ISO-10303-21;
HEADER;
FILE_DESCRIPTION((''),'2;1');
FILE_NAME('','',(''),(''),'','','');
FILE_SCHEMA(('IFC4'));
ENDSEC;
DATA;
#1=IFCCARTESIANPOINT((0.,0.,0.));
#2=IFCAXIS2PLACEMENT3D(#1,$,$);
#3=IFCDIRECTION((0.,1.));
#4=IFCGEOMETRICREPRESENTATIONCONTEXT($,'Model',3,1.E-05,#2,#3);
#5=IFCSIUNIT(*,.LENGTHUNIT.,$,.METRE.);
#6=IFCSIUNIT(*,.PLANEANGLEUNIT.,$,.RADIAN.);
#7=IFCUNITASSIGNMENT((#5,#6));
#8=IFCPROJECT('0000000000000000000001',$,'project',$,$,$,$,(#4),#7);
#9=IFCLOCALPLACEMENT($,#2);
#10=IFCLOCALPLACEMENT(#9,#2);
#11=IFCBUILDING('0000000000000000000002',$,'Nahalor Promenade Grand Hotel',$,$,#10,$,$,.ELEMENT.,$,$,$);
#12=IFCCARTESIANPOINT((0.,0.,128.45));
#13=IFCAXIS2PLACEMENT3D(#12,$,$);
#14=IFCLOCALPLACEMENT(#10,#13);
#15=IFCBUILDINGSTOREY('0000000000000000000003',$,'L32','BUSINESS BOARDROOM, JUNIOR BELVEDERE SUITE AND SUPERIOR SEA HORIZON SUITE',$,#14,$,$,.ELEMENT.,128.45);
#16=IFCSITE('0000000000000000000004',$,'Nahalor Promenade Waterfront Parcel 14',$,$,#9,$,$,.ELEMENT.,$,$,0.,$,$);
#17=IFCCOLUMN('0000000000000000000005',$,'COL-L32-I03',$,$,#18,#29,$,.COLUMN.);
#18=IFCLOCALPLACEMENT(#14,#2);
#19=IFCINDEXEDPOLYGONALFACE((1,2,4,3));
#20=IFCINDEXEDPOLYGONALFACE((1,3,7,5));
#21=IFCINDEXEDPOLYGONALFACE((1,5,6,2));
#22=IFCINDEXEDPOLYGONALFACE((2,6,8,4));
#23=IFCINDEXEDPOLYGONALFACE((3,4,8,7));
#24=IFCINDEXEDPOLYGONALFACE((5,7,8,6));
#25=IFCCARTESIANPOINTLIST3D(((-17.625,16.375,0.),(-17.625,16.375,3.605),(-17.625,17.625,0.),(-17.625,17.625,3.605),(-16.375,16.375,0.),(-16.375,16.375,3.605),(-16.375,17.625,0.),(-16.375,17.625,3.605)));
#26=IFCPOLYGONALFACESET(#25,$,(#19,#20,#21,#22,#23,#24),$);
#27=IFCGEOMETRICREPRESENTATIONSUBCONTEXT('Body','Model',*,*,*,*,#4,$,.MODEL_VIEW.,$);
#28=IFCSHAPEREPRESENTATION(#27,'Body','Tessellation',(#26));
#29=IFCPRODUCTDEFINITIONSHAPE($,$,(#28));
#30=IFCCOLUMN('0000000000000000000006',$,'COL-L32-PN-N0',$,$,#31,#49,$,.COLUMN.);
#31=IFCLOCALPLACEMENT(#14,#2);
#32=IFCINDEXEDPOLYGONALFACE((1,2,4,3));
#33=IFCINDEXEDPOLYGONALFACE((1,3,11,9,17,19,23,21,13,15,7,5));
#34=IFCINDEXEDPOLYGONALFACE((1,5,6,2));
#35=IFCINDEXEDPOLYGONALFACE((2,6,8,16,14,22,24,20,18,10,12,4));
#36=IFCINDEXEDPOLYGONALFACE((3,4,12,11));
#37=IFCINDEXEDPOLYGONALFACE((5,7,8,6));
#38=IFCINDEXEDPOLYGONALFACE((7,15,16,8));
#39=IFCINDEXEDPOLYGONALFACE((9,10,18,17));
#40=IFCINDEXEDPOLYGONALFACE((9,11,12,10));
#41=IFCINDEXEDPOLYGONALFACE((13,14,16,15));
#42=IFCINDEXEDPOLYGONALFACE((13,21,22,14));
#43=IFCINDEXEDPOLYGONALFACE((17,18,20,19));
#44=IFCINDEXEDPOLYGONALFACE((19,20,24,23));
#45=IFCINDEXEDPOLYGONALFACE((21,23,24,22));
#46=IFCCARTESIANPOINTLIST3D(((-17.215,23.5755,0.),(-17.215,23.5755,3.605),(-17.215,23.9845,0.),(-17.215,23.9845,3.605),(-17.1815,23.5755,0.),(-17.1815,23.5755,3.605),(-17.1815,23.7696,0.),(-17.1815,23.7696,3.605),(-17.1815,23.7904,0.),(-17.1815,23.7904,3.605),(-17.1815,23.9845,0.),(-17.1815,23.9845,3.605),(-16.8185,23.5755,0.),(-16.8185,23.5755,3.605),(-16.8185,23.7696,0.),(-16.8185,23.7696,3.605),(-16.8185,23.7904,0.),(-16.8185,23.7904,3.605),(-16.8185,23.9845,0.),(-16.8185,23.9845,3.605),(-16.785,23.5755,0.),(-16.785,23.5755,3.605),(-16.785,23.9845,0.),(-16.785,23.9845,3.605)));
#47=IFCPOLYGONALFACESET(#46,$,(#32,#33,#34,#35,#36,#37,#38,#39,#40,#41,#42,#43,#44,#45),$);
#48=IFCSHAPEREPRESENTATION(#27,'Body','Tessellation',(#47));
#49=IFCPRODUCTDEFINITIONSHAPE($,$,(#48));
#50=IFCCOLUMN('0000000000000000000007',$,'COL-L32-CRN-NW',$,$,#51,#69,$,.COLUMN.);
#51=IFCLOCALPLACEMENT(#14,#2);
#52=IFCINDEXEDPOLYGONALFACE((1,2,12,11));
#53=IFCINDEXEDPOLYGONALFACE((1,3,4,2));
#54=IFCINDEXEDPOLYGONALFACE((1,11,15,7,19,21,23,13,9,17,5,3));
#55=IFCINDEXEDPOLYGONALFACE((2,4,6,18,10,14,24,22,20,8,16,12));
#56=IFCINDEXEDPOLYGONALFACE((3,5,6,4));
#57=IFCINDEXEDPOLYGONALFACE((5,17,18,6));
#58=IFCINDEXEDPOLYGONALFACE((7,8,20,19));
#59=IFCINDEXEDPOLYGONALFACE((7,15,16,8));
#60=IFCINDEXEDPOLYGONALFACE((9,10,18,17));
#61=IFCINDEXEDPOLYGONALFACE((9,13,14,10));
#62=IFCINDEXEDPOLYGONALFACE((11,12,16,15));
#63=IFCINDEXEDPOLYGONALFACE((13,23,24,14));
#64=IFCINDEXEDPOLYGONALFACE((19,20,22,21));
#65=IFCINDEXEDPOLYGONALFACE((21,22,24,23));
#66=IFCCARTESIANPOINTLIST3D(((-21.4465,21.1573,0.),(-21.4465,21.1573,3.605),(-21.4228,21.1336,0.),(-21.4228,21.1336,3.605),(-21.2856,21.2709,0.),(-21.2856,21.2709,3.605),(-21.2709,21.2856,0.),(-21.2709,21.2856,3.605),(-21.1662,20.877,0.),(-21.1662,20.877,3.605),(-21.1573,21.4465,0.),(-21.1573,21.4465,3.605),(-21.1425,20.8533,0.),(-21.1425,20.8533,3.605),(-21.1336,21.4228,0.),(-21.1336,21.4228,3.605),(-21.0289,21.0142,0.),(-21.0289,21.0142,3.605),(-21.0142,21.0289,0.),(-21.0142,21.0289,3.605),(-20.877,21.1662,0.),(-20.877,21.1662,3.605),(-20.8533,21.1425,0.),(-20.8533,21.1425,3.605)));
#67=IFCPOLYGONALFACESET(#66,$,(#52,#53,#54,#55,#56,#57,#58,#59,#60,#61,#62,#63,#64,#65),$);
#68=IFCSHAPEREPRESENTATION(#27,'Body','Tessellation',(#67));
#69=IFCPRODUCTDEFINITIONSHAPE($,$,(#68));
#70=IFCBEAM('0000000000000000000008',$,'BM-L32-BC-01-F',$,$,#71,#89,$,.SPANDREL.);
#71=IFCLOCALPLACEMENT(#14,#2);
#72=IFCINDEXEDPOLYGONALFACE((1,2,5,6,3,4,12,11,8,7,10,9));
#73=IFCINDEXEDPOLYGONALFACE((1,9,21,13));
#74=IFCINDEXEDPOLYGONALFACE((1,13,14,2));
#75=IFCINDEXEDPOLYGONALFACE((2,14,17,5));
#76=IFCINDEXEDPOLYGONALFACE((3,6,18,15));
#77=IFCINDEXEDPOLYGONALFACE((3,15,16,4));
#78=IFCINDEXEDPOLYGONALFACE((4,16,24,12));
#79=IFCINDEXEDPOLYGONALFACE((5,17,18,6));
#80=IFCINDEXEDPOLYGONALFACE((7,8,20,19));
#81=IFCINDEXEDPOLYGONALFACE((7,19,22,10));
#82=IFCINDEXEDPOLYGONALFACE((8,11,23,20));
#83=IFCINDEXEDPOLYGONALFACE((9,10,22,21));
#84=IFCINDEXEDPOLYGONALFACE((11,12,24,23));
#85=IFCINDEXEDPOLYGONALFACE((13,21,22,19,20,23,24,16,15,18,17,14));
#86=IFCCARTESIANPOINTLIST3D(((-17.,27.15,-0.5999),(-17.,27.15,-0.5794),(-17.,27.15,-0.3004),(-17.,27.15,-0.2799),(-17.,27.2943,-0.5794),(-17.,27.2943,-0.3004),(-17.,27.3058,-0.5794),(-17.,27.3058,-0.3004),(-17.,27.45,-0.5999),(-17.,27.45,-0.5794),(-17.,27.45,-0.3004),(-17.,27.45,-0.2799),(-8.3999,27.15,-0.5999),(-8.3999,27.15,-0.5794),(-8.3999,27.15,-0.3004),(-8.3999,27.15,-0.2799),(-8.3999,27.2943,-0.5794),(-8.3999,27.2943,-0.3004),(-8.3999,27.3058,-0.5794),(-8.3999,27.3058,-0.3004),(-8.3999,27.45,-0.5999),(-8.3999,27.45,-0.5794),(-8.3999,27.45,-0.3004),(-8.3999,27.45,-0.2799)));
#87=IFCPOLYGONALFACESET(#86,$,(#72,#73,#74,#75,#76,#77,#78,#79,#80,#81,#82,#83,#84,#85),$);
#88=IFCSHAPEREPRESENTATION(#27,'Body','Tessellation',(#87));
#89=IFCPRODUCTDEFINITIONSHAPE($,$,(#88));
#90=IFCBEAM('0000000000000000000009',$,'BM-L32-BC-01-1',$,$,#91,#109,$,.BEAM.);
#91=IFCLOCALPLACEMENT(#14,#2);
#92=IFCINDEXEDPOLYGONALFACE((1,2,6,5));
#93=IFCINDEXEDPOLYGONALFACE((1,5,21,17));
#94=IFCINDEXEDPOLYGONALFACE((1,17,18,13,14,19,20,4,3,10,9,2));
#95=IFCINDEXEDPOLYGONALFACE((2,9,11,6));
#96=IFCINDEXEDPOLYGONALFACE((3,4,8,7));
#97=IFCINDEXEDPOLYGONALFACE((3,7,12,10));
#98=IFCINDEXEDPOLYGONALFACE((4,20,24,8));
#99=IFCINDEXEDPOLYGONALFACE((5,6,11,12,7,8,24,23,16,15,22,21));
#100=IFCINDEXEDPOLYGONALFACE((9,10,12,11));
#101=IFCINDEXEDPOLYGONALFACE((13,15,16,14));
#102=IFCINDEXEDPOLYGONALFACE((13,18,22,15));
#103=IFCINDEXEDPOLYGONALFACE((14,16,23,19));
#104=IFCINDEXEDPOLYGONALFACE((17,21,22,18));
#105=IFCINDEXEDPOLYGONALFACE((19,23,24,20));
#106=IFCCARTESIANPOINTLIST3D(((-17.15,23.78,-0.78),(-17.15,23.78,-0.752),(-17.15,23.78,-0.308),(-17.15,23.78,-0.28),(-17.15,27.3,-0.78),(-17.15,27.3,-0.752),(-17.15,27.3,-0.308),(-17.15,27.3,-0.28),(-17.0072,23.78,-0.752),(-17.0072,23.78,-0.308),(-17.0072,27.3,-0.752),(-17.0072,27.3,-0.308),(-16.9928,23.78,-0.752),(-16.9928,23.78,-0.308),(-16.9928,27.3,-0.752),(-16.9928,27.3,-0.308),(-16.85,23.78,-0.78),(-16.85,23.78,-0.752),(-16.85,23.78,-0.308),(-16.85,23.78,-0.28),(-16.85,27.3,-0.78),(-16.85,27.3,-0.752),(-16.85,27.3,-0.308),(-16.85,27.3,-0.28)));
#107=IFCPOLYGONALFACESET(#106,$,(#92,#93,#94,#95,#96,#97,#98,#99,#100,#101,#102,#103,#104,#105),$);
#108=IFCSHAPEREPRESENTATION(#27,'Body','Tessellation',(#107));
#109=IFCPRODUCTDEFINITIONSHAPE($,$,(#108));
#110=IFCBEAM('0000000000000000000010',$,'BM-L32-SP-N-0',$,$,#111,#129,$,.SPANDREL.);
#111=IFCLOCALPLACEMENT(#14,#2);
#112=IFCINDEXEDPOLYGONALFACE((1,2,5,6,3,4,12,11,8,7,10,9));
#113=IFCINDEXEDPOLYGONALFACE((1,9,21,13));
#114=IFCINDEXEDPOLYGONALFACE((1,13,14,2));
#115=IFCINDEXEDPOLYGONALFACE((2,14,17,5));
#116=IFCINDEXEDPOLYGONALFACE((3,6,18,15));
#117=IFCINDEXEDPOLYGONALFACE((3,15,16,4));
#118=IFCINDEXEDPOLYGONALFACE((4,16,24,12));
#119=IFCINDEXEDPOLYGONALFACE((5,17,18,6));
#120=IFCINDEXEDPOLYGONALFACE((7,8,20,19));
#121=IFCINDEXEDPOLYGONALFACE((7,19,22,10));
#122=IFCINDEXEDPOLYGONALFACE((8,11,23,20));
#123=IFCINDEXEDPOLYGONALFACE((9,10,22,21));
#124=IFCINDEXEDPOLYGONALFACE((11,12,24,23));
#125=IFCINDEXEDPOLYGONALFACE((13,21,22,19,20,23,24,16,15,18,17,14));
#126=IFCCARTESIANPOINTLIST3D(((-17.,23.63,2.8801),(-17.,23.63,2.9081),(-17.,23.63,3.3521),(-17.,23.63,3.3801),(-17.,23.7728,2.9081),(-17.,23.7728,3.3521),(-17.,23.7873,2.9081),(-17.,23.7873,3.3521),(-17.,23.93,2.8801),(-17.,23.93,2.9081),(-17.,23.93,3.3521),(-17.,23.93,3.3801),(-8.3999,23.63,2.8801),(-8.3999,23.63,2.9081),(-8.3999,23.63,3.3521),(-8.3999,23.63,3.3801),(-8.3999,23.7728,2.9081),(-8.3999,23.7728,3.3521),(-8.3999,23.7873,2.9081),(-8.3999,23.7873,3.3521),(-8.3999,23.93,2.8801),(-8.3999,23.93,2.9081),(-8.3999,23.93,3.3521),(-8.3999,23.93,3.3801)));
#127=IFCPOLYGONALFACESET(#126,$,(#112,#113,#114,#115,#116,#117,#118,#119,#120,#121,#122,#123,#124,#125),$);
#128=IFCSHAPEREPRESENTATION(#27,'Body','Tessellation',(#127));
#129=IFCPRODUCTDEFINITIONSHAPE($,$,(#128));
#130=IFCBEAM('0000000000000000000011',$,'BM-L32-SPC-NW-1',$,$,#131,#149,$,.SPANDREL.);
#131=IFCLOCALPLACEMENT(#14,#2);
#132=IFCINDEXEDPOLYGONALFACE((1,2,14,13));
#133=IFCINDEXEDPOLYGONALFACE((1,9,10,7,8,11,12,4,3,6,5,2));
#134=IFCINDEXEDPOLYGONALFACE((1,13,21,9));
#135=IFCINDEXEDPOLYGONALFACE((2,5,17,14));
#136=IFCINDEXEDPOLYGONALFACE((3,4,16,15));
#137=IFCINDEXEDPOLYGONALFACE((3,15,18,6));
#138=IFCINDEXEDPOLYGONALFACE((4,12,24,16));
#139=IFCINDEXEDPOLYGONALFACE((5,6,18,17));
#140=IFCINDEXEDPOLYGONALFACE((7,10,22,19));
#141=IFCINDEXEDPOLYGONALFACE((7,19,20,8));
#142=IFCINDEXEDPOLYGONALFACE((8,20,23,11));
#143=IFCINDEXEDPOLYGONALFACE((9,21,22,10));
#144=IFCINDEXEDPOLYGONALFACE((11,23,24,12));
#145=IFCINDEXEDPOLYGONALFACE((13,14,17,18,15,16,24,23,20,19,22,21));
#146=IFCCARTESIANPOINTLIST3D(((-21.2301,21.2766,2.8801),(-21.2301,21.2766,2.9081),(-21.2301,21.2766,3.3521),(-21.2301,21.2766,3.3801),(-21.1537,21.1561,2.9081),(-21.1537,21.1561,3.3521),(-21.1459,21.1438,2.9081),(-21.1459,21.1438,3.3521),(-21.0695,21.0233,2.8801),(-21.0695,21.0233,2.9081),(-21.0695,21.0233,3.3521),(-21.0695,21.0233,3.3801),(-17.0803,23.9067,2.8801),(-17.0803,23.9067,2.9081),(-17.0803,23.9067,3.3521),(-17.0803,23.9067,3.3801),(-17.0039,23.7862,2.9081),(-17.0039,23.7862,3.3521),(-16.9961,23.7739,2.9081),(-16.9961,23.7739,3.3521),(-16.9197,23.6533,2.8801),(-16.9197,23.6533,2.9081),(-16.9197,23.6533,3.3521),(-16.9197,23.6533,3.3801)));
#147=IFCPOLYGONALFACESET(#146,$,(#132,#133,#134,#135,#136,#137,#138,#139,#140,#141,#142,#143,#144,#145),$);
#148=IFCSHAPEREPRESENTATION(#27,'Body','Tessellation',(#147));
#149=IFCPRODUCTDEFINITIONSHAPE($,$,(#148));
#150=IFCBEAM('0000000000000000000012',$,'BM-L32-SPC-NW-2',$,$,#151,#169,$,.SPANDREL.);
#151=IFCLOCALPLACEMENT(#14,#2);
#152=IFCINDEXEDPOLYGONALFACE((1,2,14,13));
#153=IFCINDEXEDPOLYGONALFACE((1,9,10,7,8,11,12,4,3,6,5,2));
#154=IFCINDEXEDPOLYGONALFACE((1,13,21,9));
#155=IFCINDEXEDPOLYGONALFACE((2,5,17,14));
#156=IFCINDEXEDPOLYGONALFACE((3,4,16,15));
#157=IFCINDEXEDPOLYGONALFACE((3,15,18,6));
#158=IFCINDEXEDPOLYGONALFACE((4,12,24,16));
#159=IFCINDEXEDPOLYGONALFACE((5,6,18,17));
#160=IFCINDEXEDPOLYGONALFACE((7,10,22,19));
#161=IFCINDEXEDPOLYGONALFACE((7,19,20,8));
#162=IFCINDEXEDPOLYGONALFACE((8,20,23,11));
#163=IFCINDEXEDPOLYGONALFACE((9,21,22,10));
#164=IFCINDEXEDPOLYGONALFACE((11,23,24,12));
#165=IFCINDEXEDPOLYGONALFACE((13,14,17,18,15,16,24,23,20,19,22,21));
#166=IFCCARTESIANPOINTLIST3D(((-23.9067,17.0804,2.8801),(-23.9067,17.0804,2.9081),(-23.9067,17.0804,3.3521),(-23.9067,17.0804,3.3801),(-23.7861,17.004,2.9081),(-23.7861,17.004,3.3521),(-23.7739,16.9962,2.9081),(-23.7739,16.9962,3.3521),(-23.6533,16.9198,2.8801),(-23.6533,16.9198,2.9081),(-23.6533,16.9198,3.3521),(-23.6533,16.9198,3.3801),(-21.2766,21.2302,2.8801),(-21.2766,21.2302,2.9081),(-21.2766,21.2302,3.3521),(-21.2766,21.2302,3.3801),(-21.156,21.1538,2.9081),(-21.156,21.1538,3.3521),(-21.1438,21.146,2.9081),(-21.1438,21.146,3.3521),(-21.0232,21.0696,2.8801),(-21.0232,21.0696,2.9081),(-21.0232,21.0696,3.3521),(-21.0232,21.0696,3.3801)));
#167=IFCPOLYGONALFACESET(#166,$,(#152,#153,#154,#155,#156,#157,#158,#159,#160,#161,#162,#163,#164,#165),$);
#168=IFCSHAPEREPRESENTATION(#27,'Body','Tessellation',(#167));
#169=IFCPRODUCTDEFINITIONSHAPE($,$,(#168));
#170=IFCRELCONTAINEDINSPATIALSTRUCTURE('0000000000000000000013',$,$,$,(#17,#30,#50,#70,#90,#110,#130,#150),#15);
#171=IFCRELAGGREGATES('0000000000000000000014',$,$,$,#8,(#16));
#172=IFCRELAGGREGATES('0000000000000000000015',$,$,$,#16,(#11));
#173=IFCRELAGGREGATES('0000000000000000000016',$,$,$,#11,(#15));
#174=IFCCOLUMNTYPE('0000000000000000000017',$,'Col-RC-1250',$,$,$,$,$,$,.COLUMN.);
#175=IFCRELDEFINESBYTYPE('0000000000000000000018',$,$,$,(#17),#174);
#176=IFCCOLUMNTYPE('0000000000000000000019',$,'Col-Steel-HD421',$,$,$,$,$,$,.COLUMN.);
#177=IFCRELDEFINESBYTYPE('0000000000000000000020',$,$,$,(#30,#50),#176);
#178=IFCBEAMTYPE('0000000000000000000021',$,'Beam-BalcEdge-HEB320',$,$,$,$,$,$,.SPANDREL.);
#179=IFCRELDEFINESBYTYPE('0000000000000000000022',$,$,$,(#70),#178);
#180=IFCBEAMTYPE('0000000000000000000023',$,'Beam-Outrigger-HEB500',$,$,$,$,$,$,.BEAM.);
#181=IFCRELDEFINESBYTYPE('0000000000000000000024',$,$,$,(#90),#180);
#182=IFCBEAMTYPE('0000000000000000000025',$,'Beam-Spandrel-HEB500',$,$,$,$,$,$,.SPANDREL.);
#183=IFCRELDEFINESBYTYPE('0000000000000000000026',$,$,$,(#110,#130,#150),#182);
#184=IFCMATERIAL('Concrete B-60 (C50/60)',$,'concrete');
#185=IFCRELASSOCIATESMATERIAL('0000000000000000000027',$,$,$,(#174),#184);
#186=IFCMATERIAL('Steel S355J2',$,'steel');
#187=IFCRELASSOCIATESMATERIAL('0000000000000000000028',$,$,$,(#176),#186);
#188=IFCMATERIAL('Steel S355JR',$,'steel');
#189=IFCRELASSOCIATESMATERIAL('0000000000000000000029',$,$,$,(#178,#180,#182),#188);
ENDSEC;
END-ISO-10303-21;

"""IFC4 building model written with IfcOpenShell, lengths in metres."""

from ifc_helpers import new_model, si_unit, direction, frame, origin, origin_2d, place, context, subcontext, project, spatial, rectangle, i_section, extrude, source, transform, mapped, material, material_profile, profile_set, type_object, element, save


model = new_model("IFC4")

# Units and contexts
model_context = context("Model", 3, precision=1e-05, world=origin(), true_north=direction((0.0, 1.0)))
body_context = subcontext(model_context, "Body", "Model", "MODEL_VIEW")
ifc_project = project(units=[si_unit("LENGTHUNIT", "METRE"), si_unit("PLANEANGLEUNIT", "RADIAN")], contexts=[model_context])

# Site, building, storey
site_placement = place(None, origin())
site = spatial("IfcSite", under=ifc_project, at=site_placement, Name="Nahalor Promenade Waterfront Parcel 14", CompositionType="ELEMENT", RefElevation=0.0)
building_placement = place(site_placement, origin())
building = spatial("IfcBuilding", under=site, at=building_placement, Name="Nahalor Promenade Grand Hotel", CompositionType="ELEMENT")
storey_placement = place(building_placement, frame((0.0, 0.0, 128.45)))
storey = spatial("IfcBuildingStorey", under=building, at=storey_placement, Name="L32", Description="BUSINESS BOARDROOM, JUNIOR BELVEDERE SUITE AND SUPERIOR SEA HORIZON SUITE", CompositionType="ELEMENT", Elevation=128.45)

# Columns
ifc_material_1 = material(Name="Concrete B-60 (C50/60)", Category="concrete")
ifc_material_profile_1 = material_profile(ifc_material_1, rectangle(XDim=1.25, YDim=1.25, at=origin_2d()), Name="RC 1250x1250")
ifc_profile_set_1 = profile_set([ifc_material_profile_1], Name="Concrete B-60 (C50/60)")
column_type_1 = type_object("IfcColumnType", Name="Col-RC-1250", PredefinedType="COLUMN", material=ifc_profile_set_1)
shared_shape_1 = source(origin(), body_context, "Body", "SweptSolid", [
    extrude(rectangle(XDim=1.25, YDim=1.25, at=origin_2d()), origin(), (0.0, 0.0, 1.0), 3.605),
])
column_placement = place(storey_placement, frame((-17.0, 17.0, 0.0), z_axis=(0.0, 0.0, 1.0), x_axis=(1.0, 0.0, 0.0)))
element("IfcColumn", 1, at=column_placement, inside=storey, type_object=column_type_1, Name="COL-L32-I03", PredefinedType="COLUMN", context=body_context, shape_type="MappedRepresentation", body=[
    mapped(shared_shape_1, transform((0.0, 0.0, 0.0), scale=1.0)),
])
ifc_material_2 = material(Name="Steel S355J2", Category="steel")
ifc_material_profile_2 = material_profile(ifc_material_2, i_section(OverallWidth=0.409, OverallDepth=0.43, WebThickness=0.0208, FlangeThickness=0.0335, at=origin_2d()), Name="HD 400x421")
ifc_profile_set_2 = profile_set([ifc_material_profile_2], Name="Steel S355J2")
column_type_2 = type_object("IfcColumnType", Name="Col-Steel-HD421", PredefinedType="COLUMN", material=ifc_profile_set_2)
shared_shape_2 = source(origin(), body_context, "Body", "SweptSolid", [
    extrude(i_section(OverallWidth=0.409, OverallDepth=0.43, WebThickness=0.0208, FlangeThickness=0.0335, at=origin_2d()), origin(), (0.0, 0.0, 1.0), 3.605),
])
for number, where, z_axis, x_axis, name in (
    (2, (-17.0, 23.78, 0.0), (0.0, 0.0, 1.0), (0.0, 1.0, 0.0), "COL-L32-PN-N0"),
    (3, (-21.1499, 21.1499, 0.0), (0.0, 0.0, 1.0), (0.707107, 0.707107, 0.0), "COL-L32-CRN-NW"),
):
    element("IfcColumn", number, at=place(storey_placement, frame(where, z_axis=z_axis, x_axis=x_axis)), inside=storey, type_object=column_type_2, Name=name, PredefinedType="COLUMN", context=body_context, shape_type="MappedRepresentation", body=[
        mapped(shared_shape_2, transform((0.0, 0.0, 0.0), scale=1.0)),
    ])

# Beams
ifc_material_3 = material(Name="Steel S355JR", Category="steel")
ifc_material_profile_3 = material_profile(ifc_material_3, i_section(OverallWidth=0.3, OverallDepth=0.32, WebThickness=0.0115, FlangeThickness=0.0205, at=origin_2d()), Name="HEB 320")
ifc_profile_set_3 = profile_set([ifc_material_profile_3], Name="Steel S355JR")
beam_type_1 = type_object("IfcBeamType", Name="Beam-BalcEdge-HEB320", PredefinedType="SPANDREL", material=ifc_profile_set_3)
shared_shape_3 = source(origin(), body_context, "Body", "SweptSolid", [
    extrude(i_section(OverallWidth=0.3, OverallDepth=0.32, WebThickness=0.0115, FlangeThickness=0.0205, at=origin_2d()), origin(), (0.0, 0.0, 1.0), 8.6001),
])
beam_1_placement = place(storey_placement, frame((-17.0, 27.3, -0.4399), z_axis=(1.0, 0.0, 0.0), x_axis=(0.0, 1.0, 0.0)))
element("IfcBeam", 4, at=beam_1_placement, inside=storey, type_object=beam_type_1, Name="BM-L32-BC-01-F", PredefinedType="SPANDREL", context=body_context, shape_type="MappedRepresentation", body=[
    mapped(shared_shape_3, transform((0.0, 0.0, 0.0), scale=1.0)),
])
ifc_material_profile_4 = material_profile(ifc_material_3, i_section(OverallWidth=0.3, OverallDepth=0.5, WebThickness=0.0145, FlangeThickness=0.028, at=origin_2d()), Name="HEB 500")
ifc_profile_set_4 = profile_set([ifc_material_profile_4], Name="Steel S355JR")
beam_type_2 = type_object("IfcBeamType", Name="Beam-Outrigger-HEB500", PredefinedType="BEAM", material=ifc_profile_set_4)
shared_shape_4 = source(origin(), body_context, "Body", "SweptSolid", [
    extrude(i_section(OverallWidth=0.3, OverallDepth=0.5, WebThickness=0.0145, FlangeThickness=0.028, at=origin_2d()), origin(), (0.0, 0.0, 1.0), 3.52),
])
beam_2_placement = place(storey_placement, frame((-17.0, 23.78, -0.53), z_axis=(0.0, 1.0, 0.0), x_axis=(-1.0, 0.0, 0.0)))
element("IfcBeam", 5, at=beam_2_placement, inside=storey, type_object=beam_type_2, Name="BM-L32-BC-01-1", PredefinedType="BEAM", context=body_context, shape_type="MappedRepresentation", body=[
    mapped(shared_shape_4, transform((0.0, 0.0, 0.0), scale=1.0)),
])
ifc_material_profile_5 = material_profile(ifc_material_3, i_section(OverallWidth=0.3, OverallDepth=0.5, WebThickness=0.0145, FlangeThickness=0.028, at=origin_2d()), Name="HEB 500")
ifc_profile_set_5 = profile_set([ifc_material_profile_5], Name="Steel S355JR")
beam_type_3 = type_object("IfcBeamType", Name="Beam-Spandrel-HEB500", PredefinedType="SPANDREL", material=ifc_profile_set_5)
shared_shape_5 = source(origin(), body_context, "Body", "SweptSolid", [
    extrude(i_section(OverallWidth=0.3, OverallDepth=0.5, WebThickness=0.0145, FlangeThickness=0.028, at=origin_2d()), origin(), (0.0, 0.0, 1.0), 8.6001),
])
beam_3_placement = place(storey_placement, frame((-17.0, 23.78, 3.1301), z_axis=(1.0, 0.0, 0.0), x_axis=(0.0, 1.0, 0.0)))
element("IfcBeam", 6, at=beam_3_placement, inside=storey, type_object=beam_type_3, Name="BM-L32-SP-N-0", PredefinedType="SPANDREL", context=body_context, shape_type="MappedRepresentation", body=[
    mapped(shared_shape_5, transform((0.0, 0.0, 0.0), scale=1.0)),
])
shared_shape_6 = source(origin(), body_context, "Body", "SweptSolid", [
    extrude(i_section(OverallWidth=0.3, OverallDepth=0.5, WebThickness=0.0145, FlangeThickness=0.028, at=origin_2d()), origin(), (0.0, 0.0, 1.0), 4.9131),
])
for number, where, z_axis, x_axis, name in (
    (7, (-17.0, 23.78, 3.1301), (-0.844648, -0.535322, 0.0), (0.535322, -0.844648, 0.0), "BM-L32-SPC-NW-1"),
    (8, (-21.1499, 21.1499, 3.1301), (-0.535322, -0.844648, 0.0), (0.844648, -0.535322, 0.0), "BM-L32-SPC-NW-2"),
):
    element("IfcBeam", number, at=place(storey_placement, frame(where, z_axis=z_axis, x_axis=x_axis)), inside=storey, type_object=beam_type_3, Name=name, PredefinedType="SPANDREL", context=body_context, shape_type="MappedRepresentation", body=[
        mapped(shared_shape_6, transform((0.0, 0.0, 0.0), scale=1.0)),
    ])

save(model, "model.ifc")
